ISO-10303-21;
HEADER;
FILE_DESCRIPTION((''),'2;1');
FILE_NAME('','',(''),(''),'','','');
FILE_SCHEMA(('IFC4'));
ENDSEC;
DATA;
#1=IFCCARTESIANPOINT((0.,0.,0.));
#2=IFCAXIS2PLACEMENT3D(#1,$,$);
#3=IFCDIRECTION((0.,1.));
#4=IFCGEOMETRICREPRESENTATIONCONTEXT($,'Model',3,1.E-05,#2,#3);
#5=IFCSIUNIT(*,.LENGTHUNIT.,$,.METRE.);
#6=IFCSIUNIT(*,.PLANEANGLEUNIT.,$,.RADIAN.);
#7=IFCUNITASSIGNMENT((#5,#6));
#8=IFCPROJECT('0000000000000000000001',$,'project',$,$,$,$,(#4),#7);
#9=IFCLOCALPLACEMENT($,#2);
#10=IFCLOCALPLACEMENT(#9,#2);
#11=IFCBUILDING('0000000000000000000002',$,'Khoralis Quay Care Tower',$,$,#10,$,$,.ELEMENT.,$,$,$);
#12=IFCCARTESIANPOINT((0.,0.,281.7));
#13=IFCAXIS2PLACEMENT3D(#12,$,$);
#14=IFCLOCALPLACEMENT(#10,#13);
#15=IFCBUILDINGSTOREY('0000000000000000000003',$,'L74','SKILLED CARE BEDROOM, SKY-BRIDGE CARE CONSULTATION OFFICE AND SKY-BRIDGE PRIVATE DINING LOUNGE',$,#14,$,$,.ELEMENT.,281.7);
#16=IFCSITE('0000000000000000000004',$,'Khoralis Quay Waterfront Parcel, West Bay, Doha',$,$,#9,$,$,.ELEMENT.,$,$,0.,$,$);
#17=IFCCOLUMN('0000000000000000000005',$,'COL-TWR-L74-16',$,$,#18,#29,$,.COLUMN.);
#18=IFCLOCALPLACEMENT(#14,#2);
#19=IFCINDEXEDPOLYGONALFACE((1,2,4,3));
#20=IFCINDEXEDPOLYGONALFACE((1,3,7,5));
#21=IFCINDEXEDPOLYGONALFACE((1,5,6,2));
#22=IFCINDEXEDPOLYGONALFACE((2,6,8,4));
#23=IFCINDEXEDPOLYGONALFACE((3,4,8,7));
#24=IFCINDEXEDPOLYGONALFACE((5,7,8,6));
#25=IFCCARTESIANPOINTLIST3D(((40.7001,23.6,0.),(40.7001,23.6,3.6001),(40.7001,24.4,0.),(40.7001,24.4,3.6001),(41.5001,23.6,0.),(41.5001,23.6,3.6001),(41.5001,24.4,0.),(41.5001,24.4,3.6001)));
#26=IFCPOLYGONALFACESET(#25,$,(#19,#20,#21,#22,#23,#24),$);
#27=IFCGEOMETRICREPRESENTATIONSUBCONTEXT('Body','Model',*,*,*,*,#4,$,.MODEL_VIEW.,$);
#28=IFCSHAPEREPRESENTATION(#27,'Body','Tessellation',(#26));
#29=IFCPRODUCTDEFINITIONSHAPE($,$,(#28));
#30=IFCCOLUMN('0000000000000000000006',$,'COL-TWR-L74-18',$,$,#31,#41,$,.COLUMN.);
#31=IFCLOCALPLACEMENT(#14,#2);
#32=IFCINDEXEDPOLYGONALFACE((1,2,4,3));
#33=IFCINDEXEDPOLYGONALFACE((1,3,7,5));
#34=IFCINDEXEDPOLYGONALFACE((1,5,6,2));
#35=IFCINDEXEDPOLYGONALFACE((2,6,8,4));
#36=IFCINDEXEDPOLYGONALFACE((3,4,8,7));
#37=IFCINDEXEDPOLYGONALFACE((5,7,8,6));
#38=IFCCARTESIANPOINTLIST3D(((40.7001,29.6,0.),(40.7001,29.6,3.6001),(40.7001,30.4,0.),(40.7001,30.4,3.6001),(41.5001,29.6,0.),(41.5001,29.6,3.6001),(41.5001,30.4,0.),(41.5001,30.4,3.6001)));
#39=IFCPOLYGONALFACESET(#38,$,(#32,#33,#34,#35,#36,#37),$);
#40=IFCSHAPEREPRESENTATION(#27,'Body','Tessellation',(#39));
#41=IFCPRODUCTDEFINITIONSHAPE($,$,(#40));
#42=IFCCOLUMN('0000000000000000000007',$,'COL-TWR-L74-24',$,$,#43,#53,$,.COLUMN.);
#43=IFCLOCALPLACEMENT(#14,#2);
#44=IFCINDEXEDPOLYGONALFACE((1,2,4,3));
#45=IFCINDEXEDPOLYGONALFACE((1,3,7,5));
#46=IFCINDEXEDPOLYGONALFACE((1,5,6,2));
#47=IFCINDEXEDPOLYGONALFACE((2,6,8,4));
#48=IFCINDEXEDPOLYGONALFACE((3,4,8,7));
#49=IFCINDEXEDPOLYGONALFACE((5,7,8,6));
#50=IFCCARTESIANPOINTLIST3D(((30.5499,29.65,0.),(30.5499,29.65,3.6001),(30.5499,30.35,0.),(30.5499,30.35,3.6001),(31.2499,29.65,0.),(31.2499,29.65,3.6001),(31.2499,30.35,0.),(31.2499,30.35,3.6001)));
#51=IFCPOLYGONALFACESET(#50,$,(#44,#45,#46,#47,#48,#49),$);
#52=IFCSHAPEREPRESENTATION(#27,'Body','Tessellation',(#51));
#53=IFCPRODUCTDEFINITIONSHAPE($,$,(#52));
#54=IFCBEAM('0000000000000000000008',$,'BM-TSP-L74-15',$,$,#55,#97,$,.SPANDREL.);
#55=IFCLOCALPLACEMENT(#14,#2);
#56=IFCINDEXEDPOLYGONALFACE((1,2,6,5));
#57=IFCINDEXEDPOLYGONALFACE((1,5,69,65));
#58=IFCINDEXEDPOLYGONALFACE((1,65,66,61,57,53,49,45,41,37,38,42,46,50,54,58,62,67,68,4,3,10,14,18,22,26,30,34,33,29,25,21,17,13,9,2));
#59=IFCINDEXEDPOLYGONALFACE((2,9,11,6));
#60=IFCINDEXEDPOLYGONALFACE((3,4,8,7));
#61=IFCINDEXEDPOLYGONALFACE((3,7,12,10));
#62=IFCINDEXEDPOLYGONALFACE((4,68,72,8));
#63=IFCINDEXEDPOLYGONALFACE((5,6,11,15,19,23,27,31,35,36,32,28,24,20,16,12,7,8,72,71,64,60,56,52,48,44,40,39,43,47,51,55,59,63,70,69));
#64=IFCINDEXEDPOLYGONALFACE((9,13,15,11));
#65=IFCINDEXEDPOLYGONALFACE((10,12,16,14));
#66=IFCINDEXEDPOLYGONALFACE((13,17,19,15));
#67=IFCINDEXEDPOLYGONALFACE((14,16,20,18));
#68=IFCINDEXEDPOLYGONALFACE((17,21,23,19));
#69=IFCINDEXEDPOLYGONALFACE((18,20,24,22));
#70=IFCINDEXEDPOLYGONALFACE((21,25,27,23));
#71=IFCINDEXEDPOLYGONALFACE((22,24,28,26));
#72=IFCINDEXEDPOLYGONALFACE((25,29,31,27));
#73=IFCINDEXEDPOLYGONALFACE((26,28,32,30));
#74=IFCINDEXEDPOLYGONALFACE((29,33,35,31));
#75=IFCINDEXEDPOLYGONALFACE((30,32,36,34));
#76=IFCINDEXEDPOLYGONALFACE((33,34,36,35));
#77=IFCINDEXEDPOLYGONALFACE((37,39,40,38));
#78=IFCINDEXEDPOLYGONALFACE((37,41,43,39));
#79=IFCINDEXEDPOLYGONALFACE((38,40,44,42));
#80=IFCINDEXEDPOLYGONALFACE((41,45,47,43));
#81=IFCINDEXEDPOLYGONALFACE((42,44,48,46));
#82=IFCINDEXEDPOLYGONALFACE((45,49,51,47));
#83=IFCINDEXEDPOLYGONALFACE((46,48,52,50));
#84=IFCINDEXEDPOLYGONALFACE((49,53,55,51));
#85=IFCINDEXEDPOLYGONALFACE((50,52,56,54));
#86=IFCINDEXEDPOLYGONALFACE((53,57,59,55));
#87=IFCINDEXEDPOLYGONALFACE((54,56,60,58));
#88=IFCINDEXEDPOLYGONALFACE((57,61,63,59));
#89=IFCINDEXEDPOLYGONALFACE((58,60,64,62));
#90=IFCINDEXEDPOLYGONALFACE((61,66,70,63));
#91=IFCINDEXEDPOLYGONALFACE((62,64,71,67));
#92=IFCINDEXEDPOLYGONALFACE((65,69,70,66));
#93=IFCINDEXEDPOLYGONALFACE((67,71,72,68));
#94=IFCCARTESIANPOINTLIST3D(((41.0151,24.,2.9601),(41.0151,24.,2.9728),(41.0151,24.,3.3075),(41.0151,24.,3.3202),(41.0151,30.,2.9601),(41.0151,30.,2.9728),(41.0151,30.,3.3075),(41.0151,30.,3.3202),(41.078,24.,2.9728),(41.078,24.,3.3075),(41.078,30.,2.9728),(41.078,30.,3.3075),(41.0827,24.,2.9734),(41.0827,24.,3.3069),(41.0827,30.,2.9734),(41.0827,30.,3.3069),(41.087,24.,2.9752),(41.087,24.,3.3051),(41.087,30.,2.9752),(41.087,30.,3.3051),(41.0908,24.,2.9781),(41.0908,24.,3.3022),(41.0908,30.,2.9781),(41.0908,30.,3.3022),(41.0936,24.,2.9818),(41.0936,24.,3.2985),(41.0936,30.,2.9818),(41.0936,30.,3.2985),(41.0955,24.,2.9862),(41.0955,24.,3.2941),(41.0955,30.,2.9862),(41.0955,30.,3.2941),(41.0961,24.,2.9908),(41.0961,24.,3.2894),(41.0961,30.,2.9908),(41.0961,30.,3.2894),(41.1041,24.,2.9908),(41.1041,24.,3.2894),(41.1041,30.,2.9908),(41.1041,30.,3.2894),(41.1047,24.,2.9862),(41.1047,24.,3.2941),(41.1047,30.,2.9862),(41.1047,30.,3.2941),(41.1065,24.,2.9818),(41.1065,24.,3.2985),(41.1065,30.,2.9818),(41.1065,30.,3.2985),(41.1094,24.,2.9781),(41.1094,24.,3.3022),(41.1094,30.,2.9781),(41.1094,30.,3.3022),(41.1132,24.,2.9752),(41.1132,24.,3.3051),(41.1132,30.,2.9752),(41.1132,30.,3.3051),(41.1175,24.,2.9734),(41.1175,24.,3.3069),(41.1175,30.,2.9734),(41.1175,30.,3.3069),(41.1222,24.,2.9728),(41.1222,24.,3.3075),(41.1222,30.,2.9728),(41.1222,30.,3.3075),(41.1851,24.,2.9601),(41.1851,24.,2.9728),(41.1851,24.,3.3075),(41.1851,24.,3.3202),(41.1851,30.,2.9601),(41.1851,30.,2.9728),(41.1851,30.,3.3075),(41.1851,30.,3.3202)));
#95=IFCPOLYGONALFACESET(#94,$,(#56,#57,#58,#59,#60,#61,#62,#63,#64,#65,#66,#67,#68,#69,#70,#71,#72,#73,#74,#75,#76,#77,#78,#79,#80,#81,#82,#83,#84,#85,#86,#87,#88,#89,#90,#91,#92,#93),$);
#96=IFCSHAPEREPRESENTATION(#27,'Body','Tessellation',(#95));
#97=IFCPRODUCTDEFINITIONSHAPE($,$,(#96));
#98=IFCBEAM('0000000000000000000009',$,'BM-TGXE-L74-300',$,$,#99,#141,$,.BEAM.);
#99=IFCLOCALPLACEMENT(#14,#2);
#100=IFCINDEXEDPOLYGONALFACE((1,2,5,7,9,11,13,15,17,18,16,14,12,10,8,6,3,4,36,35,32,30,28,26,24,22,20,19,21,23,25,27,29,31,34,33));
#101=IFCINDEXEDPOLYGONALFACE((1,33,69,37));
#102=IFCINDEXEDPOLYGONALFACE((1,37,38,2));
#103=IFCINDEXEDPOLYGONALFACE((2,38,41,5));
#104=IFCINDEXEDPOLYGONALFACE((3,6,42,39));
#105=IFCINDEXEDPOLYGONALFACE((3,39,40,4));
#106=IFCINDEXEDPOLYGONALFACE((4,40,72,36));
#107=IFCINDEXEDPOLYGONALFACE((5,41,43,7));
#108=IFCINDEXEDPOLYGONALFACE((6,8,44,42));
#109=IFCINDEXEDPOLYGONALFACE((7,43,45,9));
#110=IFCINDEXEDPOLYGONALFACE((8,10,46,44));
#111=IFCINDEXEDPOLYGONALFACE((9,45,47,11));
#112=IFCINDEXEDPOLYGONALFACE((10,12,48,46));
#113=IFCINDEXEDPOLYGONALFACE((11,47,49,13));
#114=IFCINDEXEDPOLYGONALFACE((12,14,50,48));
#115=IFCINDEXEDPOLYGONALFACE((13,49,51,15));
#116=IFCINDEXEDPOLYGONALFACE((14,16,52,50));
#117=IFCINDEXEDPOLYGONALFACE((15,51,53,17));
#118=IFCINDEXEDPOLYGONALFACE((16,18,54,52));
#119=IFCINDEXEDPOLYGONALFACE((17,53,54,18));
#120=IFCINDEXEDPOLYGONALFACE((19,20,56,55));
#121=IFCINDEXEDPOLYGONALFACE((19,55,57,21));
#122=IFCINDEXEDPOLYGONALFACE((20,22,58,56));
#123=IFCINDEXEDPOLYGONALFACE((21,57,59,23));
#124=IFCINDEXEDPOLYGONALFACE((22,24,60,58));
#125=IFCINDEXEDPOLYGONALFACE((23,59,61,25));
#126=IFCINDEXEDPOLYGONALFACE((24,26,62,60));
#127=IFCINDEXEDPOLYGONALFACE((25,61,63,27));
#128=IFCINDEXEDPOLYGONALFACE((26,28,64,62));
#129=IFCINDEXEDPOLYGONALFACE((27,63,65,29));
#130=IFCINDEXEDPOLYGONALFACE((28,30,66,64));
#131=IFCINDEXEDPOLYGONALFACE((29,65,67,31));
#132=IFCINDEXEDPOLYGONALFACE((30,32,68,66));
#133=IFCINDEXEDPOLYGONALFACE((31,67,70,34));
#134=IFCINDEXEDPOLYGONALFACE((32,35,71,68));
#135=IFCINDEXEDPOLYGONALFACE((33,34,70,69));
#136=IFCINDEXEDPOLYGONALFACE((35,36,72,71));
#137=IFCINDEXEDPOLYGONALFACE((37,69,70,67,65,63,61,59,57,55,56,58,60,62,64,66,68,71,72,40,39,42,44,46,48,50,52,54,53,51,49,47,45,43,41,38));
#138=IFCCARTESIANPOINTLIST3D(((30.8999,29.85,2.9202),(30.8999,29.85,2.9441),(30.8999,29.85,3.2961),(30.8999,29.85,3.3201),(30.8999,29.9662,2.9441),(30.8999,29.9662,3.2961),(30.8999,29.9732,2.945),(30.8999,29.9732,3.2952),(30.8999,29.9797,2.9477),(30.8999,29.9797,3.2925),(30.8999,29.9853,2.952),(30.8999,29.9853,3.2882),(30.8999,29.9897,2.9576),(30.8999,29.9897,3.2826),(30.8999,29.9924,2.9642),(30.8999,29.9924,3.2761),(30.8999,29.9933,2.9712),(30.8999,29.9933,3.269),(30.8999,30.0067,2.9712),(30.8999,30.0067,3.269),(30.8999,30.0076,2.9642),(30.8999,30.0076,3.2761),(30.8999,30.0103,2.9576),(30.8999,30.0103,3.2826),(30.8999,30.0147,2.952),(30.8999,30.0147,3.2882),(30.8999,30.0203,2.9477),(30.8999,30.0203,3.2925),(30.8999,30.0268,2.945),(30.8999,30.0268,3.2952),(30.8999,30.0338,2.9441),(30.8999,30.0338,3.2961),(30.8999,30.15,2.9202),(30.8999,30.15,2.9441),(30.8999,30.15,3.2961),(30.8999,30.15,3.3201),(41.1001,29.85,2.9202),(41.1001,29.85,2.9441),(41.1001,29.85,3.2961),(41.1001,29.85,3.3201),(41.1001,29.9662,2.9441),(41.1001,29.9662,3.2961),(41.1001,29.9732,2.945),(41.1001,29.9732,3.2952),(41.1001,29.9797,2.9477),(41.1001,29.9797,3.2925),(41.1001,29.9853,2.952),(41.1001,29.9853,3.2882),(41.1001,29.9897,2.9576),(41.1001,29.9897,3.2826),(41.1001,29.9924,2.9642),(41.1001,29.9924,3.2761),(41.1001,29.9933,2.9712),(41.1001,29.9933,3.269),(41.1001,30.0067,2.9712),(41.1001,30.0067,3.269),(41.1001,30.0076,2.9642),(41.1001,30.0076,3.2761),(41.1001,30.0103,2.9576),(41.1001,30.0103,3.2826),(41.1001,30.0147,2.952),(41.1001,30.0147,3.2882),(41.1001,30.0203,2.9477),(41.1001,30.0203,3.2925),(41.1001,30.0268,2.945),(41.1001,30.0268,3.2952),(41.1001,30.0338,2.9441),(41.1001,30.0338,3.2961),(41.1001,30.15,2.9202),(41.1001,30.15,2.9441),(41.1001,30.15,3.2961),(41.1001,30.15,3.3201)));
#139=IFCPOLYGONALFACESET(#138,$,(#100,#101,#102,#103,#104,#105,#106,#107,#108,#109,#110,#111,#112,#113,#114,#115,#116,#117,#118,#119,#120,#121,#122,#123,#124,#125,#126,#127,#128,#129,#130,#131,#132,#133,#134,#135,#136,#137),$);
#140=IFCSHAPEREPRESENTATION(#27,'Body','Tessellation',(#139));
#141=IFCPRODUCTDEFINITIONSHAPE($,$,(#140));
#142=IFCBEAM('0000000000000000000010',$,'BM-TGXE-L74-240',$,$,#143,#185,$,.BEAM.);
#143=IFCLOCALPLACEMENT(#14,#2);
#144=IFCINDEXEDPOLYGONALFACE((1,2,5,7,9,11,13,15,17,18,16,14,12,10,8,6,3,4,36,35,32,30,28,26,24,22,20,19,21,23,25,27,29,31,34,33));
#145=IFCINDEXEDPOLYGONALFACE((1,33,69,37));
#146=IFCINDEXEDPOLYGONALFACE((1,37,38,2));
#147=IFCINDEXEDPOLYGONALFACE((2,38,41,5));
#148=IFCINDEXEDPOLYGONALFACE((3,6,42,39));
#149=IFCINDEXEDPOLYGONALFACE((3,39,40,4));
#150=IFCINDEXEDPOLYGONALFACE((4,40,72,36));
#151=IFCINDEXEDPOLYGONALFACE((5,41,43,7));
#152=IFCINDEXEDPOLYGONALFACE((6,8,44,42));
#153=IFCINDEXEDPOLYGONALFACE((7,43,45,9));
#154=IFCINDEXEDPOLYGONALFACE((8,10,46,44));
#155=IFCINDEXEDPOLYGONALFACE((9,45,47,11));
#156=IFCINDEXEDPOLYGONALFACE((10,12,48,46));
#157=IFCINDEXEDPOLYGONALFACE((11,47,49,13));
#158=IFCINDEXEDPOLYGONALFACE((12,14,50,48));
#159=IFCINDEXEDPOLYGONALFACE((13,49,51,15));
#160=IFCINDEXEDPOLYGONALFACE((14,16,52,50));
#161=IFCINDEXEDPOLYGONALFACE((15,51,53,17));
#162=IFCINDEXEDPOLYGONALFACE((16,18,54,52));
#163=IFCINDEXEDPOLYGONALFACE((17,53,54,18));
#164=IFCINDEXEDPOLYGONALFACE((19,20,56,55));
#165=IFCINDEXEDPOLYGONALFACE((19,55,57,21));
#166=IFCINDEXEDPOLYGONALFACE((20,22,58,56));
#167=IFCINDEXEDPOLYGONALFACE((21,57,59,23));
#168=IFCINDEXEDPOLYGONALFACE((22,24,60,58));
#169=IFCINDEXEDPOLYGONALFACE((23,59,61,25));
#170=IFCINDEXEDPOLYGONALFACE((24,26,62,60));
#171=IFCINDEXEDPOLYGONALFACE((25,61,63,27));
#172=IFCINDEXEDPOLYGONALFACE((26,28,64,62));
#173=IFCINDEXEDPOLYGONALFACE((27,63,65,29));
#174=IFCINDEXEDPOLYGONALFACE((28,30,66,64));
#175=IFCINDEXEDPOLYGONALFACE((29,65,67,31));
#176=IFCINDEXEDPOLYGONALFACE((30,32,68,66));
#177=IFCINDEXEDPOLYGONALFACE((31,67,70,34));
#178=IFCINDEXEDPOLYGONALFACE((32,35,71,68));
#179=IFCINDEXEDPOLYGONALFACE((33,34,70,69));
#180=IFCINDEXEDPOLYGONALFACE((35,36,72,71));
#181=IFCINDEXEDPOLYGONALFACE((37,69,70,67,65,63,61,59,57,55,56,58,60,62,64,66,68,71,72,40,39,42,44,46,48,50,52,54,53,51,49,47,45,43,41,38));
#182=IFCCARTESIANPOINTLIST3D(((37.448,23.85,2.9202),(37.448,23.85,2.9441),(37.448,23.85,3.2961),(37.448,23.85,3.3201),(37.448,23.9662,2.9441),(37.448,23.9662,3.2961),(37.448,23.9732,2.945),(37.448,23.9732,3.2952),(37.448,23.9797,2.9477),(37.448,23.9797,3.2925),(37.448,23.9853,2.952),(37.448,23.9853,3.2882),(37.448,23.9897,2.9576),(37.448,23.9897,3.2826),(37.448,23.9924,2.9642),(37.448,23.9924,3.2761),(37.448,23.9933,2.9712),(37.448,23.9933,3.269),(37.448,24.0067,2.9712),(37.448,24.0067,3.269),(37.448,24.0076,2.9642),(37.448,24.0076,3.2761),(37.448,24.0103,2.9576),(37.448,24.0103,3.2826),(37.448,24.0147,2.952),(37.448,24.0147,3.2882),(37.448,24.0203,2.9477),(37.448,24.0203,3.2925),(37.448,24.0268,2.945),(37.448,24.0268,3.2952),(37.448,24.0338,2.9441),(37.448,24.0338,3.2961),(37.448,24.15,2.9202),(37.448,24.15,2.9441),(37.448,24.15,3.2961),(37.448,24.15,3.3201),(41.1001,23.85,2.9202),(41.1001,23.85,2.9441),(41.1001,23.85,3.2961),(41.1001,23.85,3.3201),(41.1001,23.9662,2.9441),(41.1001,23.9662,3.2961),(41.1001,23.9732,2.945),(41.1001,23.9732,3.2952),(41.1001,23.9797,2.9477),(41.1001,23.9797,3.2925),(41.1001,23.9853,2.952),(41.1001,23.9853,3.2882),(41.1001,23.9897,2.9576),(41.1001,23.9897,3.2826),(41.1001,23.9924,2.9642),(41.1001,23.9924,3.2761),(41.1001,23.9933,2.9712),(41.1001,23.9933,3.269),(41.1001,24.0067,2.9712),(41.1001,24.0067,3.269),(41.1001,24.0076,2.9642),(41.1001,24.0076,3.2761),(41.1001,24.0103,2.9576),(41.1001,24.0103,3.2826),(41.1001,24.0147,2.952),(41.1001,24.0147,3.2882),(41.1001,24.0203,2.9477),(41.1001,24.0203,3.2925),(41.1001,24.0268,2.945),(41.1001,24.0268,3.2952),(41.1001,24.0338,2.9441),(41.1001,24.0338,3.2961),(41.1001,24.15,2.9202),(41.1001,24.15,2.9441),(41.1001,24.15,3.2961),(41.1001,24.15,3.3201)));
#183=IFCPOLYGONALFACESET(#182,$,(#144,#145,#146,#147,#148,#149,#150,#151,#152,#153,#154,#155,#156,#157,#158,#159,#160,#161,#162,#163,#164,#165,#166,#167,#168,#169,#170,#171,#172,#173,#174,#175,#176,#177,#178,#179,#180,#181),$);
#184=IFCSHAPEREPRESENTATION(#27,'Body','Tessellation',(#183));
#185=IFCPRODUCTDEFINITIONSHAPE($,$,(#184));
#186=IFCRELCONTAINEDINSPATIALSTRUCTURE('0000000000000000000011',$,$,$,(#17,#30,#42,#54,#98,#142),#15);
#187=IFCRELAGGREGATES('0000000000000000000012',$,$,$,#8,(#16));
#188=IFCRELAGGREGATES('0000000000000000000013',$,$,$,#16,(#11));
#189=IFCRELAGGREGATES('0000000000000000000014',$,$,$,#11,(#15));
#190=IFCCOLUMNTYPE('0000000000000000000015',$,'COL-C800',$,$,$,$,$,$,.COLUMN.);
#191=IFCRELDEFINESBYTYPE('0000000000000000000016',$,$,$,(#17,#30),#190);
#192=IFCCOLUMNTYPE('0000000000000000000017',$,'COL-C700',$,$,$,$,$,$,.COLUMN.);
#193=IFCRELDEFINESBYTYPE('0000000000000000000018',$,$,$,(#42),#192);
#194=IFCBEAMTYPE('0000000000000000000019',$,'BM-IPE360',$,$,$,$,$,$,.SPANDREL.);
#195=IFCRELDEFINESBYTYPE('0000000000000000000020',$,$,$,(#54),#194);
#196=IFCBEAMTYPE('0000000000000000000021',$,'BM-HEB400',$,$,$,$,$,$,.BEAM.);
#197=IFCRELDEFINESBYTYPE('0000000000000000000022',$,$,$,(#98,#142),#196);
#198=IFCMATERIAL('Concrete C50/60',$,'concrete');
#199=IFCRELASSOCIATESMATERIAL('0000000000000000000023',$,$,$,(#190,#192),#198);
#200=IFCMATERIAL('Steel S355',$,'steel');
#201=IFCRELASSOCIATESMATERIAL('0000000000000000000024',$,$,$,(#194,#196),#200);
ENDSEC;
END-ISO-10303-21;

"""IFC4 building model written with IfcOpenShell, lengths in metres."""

from ifc_helpers import new_model, si_unit, direction, frame, origin, origin_2d, place, context, subcontext, project, spatial, rectangle, i_section, extrude, source, transform, mapped, material, material_profile, profile_set, type_object, element, save


model = new_model("IFC4")

# Units and contexts
model_context = context("Model", 3, precision=1e-05, world=origin(), true_north=direction((0.0, 1.0)))
body_context = subcontext(model_context, "Body", "Model", "MODEL_VIEW")
ifc_project = project(units=[si_unit("LENGTHUNIT", "METRE"), si_unit("PLANEANGLEUNIT", "RADIAN")], contexts=[model_context])

# Site, building, storey
site_placement = place(None, origin())
site = spatial("IfcSite", under=ifc_project, at=site_placement, Name="Khoralis Quay Waterfront Parcel, West Bay, Doha", CompositionType="ELEMENT", RefElevation=0.0)
building_placement = place(site_placement, origin())
building = spatial("IfcBuilding", under=site, at=building_placement, Name="Khoralis Quay Care Tower", CompositionType="ELEMENT")
storey_placement = place(building_placement, frame((0.0, 0.0, 281.7)))
storey = spatial("IfcBuildingStorey", under=building, at=storey_placement, Name="L74", Description="SKILLED CARE BEDROOM, SKY-BRIDGE CARE CONSULTATION OFFICE AND SKY-BRIDGE PRIVATE DINING LOUNGE", CompositionType="ELEMENT", Elevation=281.7)

# Columns
ifc_material_1 = material(Name="Concrete C50/60", Category="concrete")
ifc_material_profile_1 = material_profile(ifc_material_1, rectangle(XDim=0.8, YDim=0.8, at=origin_2d()), Name="Concrete C50/60")
ifc_profile_set_1 = profile_set([ifc_material_profile_1], Name="Concrete C50/60")
column_type_1 = type_object("IfcColumnType", Name="COL-C800", PredefinedType="COLUMN", material=ifc_profile_set_1)
shared_shape_1 = source(origin(), body_context, "Body", "SweptSolid", [
    extrude(rectangle(XDim=0.8, YDim=0.8, at=origin_2d()), origin(), (0.0, 0.0, 1.0), 3.6001),
])
for number, where, z_axis, x_axis, name in (
    (1, (41.1001, 24.0, 0.0), (0.0, 0.0, 1.0), (1.0, 0.0, 0.0), "COL-TWR-L74-16"),
    (2, (41.1001, 30.0, 0.0), (0.0, 0.0, 1.0), (1.0, 0.0, 0.0), "COL-TWR-L74-18"),
):
    element("IfcColumn", number, at=place(storey_placement, frame(where, z_axis=z_axis, x_axis=x_axis)), inside=storey, type_object=column_type_1, Name=name, PredefinedType="COLUMN", context=body_context, shape_type="MappedRepresentation", body=[
        mapped(shared_shape_1, transform((0.0, 0.0, 0.0), scale=1.0)),
    ])
ifc_material_profile_2 = material_profile(ifc_material_1, rectangle(XDim=0.7, YDim=0.7, at=origin_2d()), Name="Concrete C50/60")
ifc_profile_set_2 = profile_set([ifc_material_profile_2], Name="Concrete C50/60")
column_type_2 = type_object("IfcColumnType", Name="COL-C700", PredefinedType="COLUMN", material=ifc_profile_set_2)
shared_shape_2 = source(origin(), body_context, "Body", "SweptSolid", [
    extrude(rectangle(XDim=0.7, YDim=0.7, at=origin_2d()), origin(), (0.0, 0.0, 1.0), 3.6001),
])
column_placement = place(storey_placement, frame((30.8999, 30.0, 0.0), z_axis=(0.0, 0.0, 1.0), x_axis=(1.0, 0.0, 0.0)))
element("IfcColumn", 3, at=column_placement, inside=storey, type_object=column_type_2, Name="COL-TWR-L74-24", PredefinedType="COLUMN", context=body_context, shape_type="MappedRepresentation", body=[
    mapped(shared_shape_2, transform((0.0, 0.0, 0.0), scale=1.0)),
])

# Beams
ifc_material_2 = material(Name="Steel S355", Category="steel")
ifc_material_profile_3 = material_profile(ifc_material_2, i_section(OverallWidth=0.1699, OverallDepth=0.3601, WebThickness=0.0081, FlangeThickness=0.0127, FilletRadius=0.0181, at=origin_2d()), Name="Steel S355")
ifc_profile_set_3 = profile_set([ifc_material_profile_3], Name="Steel S355")
beam_type_1 = type_object("IfcBeamType", Name="BM-IPE360", PredefinedType="SPANDREL", material=ifc_profile_set_3)
shared_shape_3 = source(origin(), body_context, "Body", "SweptSolid", [
    extrude(i_section(OverallWidth=0.1699, OverallDepth=0.3601, WebThickness=0.0081, FlangeThickness=0.0127, FilletRadius=0.0181, at=origin_2d()), origin(), (0.0, 0.0, 1.0), 6.0),
])
beam_1_placement = place(storey_placement, frame((41.1001, 24.0, 3.1401), z_axis=(0.0, 1.0, 0.0), x_axis=(-1.0, 0.0, 0.0)))
element("IfcBeam", 4, at=beam_1_placement, inside=storey, type_object=beam_type_1, Name="BM-TSP-L74-15", PredefinedType="SPANDREL", context=body_context, shape_type="MappedRepresentation", body=[
    mapped(shared_shape_3, transform((0.0, 0.0, 0.0), scale=1.0)),
])
ifc_material_profile_4 = material_profile(ifc_material_2, i_section(OverallWidth=0.3, OverallDepth=0.3999, WebThickness=0.0134, FlangeThickness=0.0239, FilletRadius=0.0271, at=origin_2d()), Name="Steel S355")
ifc_profile_set_4 = profile_set([ifc_material_profile_4], Name="Steel S355")
beam_type_2 = type_object("IfcBeamType", Name="BM-HEB400", PredefinedType="BEAM", material=ifc_profile_set_4)
shared_shape_4 = source(origin(), body_context, "Body", "SweptSolid", [
    extrude(i_section(OverallWidth=0.3, OverallDepth=0.3999, WebThickness=0.0134, FlangeThickness=0.0239, FilletRadius=0.0271, at=origin_2d()), origin(), (0.0, 0.0, 1.0), 10.2002),
])
beam_2_placement = place(storey_placement, frame((30.8999, 30.0, 3.1201), z_axis=(1.0, 0.0, 0.0), x_axis=(0.0, 1.0, 0.0)))
element("IfcBeam", 5, at=beam_2_placement, inside=storey, type_object=beam_type_2, Name="BM-TGXE-L74-300", PredefinedType="BEAM", context=body_context, shape_type="MappedRepresentation", body=[
    mapped(shared_shape_4, transform((0.0, 0.0, 0.0), scale=1.0)),
])
shared_shape_5 = source(origin(), body_context, "Body", "SweptSolid", [
    extrude(i_section(OverallWidth=0.3, OverallDepth=0.3999, WebThickness=0.0134, FlangeThickness=0.0239, FilletRadius=0.0271, at=origin_2d()), origin(), (0.0, 0.0, 1.0), 3.6521),
])
beam_3_placement = place(storey_placement, frame((37.448, 24.0, 3.1201), z_axis=(1.0, 0.0, 0.0), x_axis=(0.0, 1.0, 0.0)))
element("IfcBeam", 6, at=beam_3_placement, inside=storey, type_object=beam_type_2, Name="BM-TGXE-L74-240", PredefinedType="BEAM", context=body_context, shape_type="MappedRepresentation", body=[
    mapped(shared_shape_5, transform((0.0, 0.0, 0.0), scale=1.0)),
])

save(model, "model.ifc")
